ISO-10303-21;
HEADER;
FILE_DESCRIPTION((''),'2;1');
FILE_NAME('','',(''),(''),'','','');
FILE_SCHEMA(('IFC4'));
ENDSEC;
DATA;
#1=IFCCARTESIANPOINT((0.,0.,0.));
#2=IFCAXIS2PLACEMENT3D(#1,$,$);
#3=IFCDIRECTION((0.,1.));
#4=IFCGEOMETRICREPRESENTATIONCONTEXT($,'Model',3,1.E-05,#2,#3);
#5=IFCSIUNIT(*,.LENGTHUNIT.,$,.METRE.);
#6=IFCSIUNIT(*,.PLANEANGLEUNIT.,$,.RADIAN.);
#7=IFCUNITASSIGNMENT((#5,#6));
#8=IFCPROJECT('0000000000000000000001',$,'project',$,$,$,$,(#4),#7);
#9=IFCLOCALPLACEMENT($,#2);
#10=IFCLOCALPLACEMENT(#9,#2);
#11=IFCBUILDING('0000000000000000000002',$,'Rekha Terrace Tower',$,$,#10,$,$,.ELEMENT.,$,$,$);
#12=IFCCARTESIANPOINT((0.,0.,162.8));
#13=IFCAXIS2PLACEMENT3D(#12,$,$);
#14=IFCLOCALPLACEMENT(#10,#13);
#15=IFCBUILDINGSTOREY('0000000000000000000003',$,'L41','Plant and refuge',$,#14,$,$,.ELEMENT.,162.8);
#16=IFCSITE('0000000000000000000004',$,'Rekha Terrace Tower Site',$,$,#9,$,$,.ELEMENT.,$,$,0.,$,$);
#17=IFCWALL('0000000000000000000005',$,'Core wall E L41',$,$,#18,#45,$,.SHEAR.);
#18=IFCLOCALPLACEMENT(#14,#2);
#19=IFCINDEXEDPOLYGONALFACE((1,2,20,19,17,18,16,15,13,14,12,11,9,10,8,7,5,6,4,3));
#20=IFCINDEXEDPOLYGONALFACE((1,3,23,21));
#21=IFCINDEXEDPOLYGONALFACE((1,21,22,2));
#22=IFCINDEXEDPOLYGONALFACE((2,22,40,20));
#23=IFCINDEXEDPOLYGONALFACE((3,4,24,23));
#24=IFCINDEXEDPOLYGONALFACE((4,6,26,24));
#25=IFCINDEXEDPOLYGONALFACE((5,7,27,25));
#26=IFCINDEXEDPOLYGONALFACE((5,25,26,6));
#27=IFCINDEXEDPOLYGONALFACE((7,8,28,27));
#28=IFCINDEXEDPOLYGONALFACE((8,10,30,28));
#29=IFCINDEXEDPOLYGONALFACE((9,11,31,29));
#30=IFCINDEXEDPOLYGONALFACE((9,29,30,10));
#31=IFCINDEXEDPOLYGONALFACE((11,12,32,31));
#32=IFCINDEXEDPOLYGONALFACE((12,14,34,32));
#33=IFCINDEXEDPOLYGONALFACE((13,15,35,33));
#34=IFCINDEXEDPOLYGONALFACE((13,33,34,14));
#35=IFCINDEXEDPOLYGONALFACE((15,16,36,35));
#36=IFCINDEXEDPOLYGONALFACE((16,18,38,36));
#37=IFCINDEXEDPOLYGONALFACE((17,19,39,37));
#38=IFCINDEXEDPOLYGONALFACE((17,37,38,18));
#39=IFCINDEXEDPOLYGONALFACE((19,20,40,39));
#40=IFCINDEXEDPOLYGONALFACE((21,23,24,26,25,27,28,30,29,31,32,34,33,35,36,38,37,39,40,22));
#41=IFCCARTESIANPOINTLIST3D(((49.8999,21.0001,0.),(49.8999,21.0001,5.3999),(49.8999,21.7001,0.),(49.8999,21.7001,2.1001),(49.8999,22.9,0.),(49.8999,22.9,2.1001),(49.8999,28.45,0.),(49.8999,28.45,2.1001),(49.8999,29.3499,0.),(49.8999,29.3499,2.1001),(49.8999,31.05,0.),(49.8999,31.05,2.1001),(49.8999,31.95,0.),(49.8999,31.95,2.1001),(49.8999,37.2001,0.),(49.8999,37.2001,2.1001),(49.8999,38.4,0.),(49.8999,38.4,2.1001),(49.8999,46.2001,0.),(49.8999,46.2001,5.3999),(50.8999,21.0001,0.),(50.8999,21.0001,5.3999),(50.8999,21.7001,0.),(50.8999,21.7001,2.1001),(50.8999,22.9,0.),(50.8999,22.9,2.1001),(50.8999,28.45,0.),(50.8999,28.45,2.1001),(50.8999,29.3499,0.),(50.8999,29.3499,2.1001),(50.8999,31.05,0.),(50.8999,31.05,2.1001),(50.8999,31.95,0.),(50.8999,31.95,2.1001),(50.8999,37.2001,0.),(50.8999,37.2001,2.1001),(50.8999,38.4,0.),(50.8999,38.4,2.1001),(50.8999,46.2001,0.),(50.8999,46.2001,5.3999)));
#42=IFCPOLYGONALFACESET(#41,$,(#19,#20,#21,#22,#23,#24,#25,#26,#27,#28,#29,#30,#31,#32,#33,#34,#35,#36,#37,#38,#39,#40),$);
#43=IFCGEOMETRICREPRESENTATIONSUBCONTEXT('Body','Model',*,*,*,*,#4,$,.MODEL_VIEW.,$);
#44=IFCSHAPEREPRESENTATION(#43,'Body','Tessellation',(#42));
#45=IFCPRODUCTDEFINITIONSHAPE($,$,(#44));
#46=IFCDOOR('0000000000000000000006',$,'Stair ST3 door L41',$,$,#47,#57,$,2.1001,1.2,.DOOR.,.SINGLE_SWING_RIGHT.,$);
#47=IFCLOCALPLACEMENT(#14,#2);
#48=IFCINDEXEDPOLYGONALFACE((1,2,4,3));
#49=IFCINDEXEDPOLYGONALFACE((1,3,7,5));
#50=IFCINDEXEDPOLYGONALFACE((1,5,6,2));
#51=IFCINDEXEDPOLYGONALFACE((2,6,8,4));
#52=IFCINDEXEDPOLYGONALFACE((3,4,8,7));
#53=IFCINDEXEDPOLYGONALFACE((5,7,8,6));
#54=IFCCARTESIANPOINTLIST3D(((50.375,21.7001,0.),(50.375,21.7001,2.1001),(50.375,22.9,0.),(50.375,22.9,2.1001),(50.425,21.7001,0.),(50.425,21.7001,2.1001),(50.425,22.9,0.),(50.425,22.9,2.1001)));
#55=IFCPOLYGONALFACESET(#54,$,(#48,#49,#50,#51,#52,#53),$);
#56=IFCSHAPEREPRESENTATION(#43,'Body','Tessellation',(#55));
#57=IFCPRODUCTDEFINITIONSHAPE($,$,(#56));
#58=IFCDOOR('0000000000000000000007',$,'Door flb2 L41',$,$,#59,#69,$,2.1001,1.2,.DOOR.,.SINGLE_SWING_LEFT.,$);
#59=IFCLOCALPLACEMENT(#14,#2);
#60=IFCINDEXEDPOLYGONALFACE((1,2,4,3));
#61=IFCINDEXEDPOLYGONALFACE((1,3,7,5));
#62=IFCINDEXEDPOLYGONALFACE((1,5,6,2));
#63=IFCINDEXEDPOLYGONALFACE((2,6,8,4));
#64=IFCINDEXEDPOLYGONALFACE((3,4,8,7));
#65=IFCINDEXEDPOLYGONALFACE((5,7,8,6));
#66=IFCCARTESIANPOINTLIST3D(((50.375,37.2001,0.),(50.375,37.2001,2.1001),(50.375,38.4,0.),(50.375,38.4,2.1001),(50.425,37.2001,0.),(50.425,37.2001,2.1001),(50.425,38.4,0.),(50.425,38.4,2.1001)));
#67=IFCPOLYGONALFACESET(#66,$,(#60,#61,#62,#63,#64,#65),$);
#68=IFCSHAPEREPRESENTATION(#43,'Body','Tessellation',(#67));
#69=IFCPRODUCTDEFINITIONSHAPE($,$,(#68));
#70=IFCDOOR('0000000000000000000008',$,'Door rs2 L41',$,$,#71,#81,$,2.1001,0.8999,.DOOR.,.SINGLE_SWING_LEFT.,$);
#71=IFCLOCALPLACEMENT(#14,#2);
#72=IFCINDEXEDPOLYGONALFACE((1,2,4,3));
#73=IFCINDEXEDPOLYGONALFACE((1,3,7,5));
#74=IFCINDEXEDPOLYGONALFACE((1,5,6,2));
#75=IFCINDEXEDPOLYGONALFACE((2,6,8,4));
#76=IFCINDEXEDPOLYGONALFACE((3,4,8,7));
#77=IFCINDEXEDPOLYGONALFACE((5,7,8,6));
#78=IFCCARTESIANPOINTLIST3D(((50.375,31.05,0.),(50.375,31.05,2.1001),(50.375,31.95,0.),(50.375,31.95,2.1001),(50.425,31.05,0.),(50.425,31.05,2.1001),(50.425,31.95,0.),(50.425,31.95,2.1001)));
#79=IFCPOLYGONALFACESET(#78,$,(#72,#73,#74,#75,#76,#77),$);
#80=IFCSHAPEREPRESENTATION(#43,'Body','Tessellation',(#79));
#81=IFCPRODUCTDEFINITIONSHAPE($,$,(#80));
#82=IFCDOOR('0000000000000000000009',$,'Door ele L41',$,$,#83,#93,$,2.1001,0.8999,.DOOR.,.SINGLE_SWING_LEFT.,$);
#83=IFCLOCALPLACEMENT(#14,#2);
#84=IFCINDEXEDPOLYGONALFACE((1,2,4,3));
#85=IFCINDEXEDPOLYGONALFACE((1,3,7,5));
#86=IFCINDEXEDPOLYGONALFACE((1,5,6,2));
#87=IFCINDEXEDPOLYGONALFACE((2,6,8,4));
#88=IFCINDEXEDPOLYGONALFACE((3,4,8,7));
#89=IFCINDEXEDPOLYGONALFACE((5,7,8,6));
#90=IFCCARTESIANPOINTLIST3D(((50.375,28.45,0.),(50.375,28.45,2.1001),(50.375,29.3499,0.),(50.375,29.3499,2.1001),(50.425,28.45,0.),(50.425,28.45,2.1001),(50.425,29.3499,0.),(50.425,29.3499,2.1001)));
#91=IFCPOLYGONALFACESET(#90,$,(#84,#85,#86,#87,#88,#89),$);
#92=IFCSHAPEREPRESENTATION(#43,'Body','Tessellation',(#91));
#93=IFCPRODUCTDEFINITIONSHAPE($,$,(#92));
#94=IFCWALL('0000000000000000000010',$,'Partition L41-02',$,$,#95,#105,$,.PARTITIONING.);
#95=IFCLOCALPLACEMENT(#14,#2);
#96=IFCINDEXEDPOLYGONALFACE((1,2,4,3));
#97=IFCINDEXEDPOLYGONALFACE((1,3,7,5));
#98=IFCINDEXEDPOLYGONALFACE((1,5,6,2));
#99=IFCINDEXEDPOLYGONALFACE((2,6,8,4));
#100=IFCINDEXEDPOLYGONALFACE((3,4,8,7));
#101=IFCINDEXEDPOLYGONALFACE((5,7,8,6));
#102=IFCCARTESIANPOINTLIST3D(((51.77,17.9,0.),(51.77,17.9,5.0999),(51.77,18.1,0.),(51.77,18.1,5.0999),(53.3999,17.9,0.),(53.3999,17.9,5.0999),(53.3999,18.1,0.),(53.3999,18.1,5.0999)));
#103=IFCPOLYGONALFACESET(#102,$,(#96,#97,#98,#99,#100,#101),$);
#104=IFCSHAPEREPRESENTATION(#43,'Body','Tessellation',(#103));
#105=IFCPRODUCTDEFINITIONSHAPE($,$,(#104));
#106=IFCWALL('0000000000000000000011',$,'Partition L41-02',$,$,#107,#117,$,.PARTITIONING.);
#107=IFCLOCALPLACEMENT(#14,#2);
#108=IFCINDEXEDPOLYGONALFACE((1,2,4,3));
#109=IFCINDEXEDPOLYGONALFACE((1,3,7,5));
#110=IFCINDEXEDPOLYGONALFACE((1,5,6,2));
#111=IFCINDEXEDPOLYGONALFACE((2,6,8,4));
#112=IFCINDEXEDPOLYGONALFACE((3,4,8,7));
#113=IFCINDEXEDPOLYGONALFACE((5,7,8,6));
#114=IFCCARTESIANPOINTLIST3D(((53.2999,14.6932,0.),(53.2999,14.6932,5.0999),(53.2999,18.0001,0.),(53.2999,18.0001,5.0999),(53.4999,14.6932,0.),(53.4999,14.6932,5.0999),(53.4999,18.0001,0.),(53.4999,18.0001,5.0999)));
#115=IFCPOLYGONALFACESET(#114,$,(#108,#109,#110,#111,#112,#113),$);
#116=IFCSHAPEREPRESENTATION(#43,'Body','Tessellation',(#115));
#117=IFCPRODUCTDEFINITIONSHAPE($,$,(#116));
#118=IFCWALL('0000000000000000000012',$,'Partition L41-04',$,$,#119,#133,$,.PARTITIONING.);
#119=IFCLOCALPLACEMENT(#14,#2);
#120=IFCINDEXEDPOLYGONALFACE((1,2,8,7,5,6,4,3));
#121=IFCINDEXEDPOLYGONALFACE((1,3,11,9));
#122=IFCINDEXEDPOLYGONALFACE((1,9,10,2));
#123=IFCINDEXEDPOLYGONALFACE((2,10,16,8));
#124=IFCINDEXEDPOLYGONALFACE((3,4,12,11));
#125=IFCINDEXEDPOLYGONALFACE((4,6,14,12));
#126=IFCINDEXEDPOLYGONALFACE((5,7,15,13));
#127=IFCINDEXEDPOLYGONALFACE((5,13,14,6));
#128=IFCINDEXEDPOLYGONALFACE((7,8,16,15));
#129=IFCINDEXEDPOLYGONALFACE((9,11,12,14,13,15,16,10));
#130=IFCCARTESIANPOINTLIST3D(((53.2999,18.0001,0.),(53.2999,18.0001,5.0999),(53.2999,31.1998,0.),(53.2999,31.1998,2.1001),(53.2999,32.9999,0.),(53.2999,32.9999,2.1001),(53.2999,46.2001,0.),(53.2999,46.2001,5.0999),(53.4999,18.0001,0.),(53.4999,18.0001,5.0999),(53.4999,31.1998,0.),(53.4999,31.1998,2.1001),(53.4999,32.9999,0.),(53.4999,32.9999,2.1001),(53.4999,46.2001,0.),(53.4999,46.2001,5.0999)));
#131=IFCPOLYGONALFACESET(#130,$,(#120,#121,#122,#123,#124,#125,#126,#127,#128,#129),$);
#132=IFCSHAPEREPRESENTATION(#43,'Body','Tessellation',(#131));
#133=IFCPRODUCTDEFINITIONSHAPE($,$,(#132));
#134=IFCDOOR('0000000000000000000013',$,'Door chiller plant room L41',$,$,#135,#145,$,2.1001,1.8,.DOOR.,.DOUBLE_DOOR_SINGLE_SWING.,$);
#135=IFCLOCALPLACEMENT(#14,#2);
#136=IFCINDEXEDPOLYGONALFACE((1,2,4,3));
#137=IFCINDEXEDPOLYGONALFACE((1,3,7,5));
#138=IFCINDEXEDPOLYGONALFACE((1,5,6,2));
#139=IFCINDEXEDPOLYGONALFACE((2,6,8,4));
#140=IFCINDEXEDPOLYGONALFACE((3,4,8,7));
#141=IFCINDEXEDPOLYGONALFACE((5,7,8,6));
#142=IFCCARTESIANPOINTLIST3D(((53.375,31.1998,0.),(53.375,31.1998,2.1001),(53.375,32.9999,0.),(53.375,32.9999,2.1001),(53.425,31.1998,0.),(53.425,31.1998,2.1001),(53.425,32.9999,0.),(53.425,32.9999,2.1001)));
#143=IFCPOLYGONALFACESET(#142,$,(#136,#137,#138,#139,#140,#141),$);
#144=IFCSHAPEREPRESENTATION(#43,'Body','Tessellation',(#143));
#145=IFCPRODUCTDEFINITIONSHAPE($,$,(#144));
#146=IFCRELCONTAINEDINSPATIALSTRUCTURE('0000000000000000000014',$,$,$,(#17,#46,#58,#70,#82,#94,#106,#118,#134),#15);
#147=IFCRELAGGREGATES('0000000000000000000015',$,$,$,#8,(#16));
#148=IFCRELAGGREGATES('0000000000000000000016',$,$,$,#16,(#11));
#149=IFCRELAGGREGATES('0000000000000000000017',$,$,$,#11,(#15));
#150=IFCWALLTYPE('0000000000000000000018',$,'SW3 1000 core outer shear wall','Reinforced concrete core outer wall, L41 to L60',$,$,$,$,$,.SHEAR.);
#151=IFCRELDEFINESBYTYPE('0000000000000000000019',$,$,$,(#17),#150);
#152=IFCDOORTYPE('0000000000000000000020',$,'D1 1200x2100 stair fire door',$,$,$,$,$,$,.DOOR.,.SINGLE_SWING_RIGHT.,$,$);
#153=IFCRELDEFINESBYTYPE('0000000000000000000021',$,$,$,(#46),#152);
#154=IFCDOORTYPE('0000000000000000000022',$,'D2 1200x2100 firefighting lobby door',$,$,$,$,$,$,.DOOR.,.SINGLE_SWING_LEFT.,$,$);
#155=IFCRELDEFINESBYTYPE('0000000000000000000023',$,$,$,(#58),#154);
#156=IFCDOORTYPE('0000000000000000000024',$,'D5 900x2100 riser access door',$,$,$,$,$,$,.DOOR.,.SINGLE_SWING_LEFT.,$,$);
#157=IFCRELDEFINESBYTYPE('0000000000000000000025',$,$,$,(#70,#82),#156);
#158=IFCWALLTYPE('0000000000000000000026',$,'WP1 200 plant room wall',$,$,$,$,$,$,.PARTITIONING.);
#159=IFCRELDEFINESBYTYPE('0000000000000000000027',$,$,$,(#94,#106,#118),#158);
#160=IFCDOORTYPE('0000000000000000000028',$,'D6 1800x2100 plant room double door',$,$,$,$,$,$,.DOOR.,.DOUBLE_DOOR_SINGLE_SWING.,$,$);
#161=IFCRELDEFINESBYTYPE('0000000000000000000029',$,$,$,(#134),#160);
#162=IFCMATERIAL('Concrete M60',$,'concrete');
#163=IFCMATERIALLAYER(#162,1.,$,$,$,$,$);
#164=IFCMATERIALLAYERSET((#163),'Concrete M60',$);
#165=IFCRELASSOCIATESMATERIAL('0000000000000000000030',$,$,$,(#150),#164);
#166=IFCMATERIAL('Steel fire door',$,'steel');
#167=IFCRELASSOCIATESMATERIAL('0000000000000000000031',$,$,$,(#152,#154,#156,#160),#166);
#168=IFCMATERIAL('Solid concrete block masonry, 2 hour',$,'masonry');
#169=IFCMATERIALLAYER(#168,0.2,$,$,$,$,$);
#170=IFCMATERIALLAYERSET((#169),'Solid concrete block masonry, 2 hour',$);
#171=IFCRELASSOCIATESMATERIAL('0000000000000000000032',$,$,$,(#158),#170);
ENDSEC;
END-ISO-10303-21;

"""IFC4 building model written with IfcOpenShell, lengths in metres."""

from ifc_helpers import new_model, si_unit, direction, frame, frame_2d, origin, place, context, subcontext, project, spatial, rectangle, extrude, material, layer, layer_set, type_object, element, fill, save


model = new_model("IFC4")

# Units and contexts
model_context = context("Model", 3, precision=1e-05, world=origin(), true_north=direction((0.0, 1.0)))
body_context = subcontext(model_context, "Body", "Model", "MODEL_VIEW")
ifc_project = project(units=[si_unit("LENGTHUNIT", "METRE"), si_unit("PLANEANGLEUNIT", "RADIAN")], contexts=[model_context])

# Site, building, storey
site_placement = place(None, origin())
site = spatial("IfcSite", under=ifc_project, at=site_placement, Name="Rekha Terrace Tower Site", CompositionType="ELEMENT", RefElevation=0.0)
building_placement = place(site_placement, origin())
building = spatial("IfcBuilding", under=site, at=building_placement, Name="Rekha Terrace Tower", CompositionType="ELEMENT")
storey_placement = place(building_placement, frame((0.0, 0.0, 162.8)))
storey = spatial("IfcBuildingStorey", under=building, at=storey_placement, Name="L41", Description="Plant and refuge", CompositionType="ELEMENT", Elevation=162.8)

# Wall, openings, doors
ifc_material_1 = material(Name="Concrete M60", Category="concrete")
ifc_layer_1 = layer(ifc_material_1, 1.0)
ifc_layer_set_1 = layer_set([ifc_layer_1], Name="Concrete M60")
wall_type_1 = type_object("IfcWallType", Name="SW3 1000 core outer shear wall", Description="Reinforced concrete core outer wall, L41 to L60", PredefinedType="SHEAR", material=ifc_layer_set_1)
wall_1_placement = place(storey_placement, frame((50.3999, 21.0, 0.0), z_axis=(0.0, 0.0, 1.0), x_axis=(0.0, 1.0, 0.0)))
wall_1 = element("IfcWall", 1, at=wall_1_placement, inside=storey, type_object=wall_type_1, Name="Core wall E L41", PredefinedType="SHEAR", context=body_context, shape_type="SweptSolid", body=[
    extrude(rectangle(XDim=25.2, YDim=1.0, at=frame_2d((12.6001, 0.0))), origin(), (0.0, 0.0, 1.0), 5.3999),
])
opening_1_placement = place(wall_1_placement, frame((16.2, 0.0, 0.0)))
opening_1 = element("IfcOpeningElement", 2, at=opening_1_placement, cuts=wall_1, PredefinedType="OPENING", context=body_context, shape_type="SweptSolid", body=[
    extrude(rectangle(XDim=1.2, YDim=2.1001, at=frame_2d((0.6001, 1.05))), frame((0.0, 0.51, 0.0), z_axis=(0.0, -1.0, 0.0), x_axis=(1.0, 0.0, 0.0)), (0.0, 0.0, 1.0), 1.02),
])
opening_2_placement = place(wall_1_placement, frame((10.05, 0.0, 0.0)))
opening_2 = element("IfcOpeningElement", 3, at=opening_2_placement, cuts=wall_1, PredefinedType="OPENING", context=body_context, shape_type="SweptSolid", body=[
    extrude(rectangle(XDim=0.8999, YDim=2.1001, at=frame_2d((0.45, 1.05))), frame((0.0, 0.51, 0.0), z_axis=(0.0, -1.0, 0.0), x_axis=(1.0, 0.0, 0.0)), (0.0, 0.0, 1.0), 1.02),
])
opening_3_placement = place(wall_1_placement, frame((7.45, 0.0, 0.0)))
opening_3 = element("IfcOpeningElement", 4, at=opening_3_placement, cuts=wall_1, PredefinedType="OPENING", context=body_context, shape_type="SweptSolid", body=[
    extrude(rectangle(XDim=0.8999, YDim=2.1001, at=frame_2d((0.45, 1.05))), frame((0.0, 0.51, 0.0), z_axis=(0.0, -1.0, 0.0), x_axis=(1.0, 0.0, 0.0)), (0.0, 0.0, 1.0), 1.02),
])
opening_4_placement = place(wall_1_placement, frame((0.7, 0.0, 0.0)))
opening_4 = element("IfcOpeningElement", 5, at=opening_4_placement, cuts=wall_1, PredefinedType="OPENING", context=body_context, shape_type="SweptSolid", body=[
    extrude(rectangle(XDim=1.2, YDim=2.1001, at=frame_2d((0.6001, 1.05))), frame((0.0, 0.51, 0.0), z_axis=(0.0, -1.0, 0.0), x_axis=(1.0, 0.0, 0.0)), (0.0, 0.0, 1.0), 1.02),
])
ifc_material_2 = material(Name="Steel fire door", Category="steel")
door_type_1 = type_object("IfcDoorType", Name="D1 1200x2100 stair fire door", OperationType="SINGLE_SWING_RIGHT", PredefinedType="DOOR", material=ifc_material_2)
door_1_placement = place(opening_4_placement, origin())
door_1 = element("IfcDoor", 6, at=door_1_placement, inside=storey, type_object=door_type_1, Name="Stair ST3 door L41", OperationType="SINGLE_SWING_RIGHT", OverallHeight=2.1001, OverallWidth=1.2, PredefinedType="DOOR", context=body_context, shape_type="SweptSolid", body=[
    extrude(rectangle(XDim=1.2, YDim=2.1001, at=frame_2d((0.6001, 1.05))), frame((0.0, 0.0249, 0.0), z_axis=(0.0, -1.0, 0.0), x_axis=(1.0, 0.0, 0.0)), (0.0, 0.0, 1.0), 0.05),
])
fill(opening_4, door_1)
door_type_2 = type_object("IfcDoorType", Name="D2 1200x2100 firefighting lobby door", OperationType="SINGLE_SWING_LEFT", PredefinedType="DOOR", material=ifc_material_2)
door_2_placement = place(opening_1_placement, origin())
door_2 = element("IfcDoor", 7, at=door_2_placement, inside=storey, type_object=door_type_2, Name="Door flb2 L41", OperationType="SINGLE_SWING_LEFT", OverallHeight=2.1001, OverallWidth=1.2, PredefinedType="DOOR", context=body_context, shape_type="SweptSolid", body=[
    extrude(rectangle(XDim=1.2, YDim=2.1001, at=frame_2d((0.6001, 1.05))), frame((0.0, 0.0249, 0.0), z_axis=(0.0, -1.0, 0.0), x_axis=(1.0, 0.0, 0.0)), (0.0, 0.0, 1.0), 0.05),
])
fill(opening_1, door_2)
door_type_3 = type_object("IfcDoorType", Name="D5 900x2100 riser access door", OperationType="SINGLE_SWING_LEFT", PredefinedType="DOOR", material=ifc_material_2)
door_3_placement = place(opening_2_placement, origin())
door_3 = element("IfcDoor", 8, at=door_3_placement, inside=storey, type_object=door_type_3, Name="Door rs2 L41", OperationType="SINGLE_SWING_LEFT", OverallHeight=2.1001, OverallWidth=0.8999, PredefinedType="DOOR", context=body_context, shape_type="SweptSolid", body=[
    extrude(rectangle(XDim=0.8999, YDim=2.1001, at=frame_2d((0.45, 1.05))), frame((0.0, 0.0249, 0.0), z_axis=(0.0, -1.0, 0.0), x_axis=(1.0, 0.0, 0.0)), (0.0, 0.0, 1.0), 0.05),
])
fill(opening_2, door_3)
door_4_placement = place(opening_3_placement, origin())
door_4 = element("IfcDoor", 9, at=door_4_placement, inside=storey, type_object=door_type_3, Name="Door ele L41", OperationType="SINGLE_SWING_LEFT", OverallHeight=2.1001, OverallWidth=0.8999, PredefinedType="DOOR", context=body_context, shape_type="SweptSolid", body=[
    extrude(rectangle(XDim=0.8999, YDim=2.1001, at=frame_2d((0.45, 1.05))), frame((0.0, 0.0249, 0.0), z_axis=(0.0, -1.0, 0.0), x_axis=(1.0, 0.0, 0.0)), (0.0, 0.0, 1.0), 0.05),
])
fill(opening_3, door_4)

# Walls
ifc_material_3 = material(Name="Solid concrete block masonry, 2 hour", Category="masonry")
ifc_layer_2 = layer(ifc_material_3, 0.2)
ifc_layer_set_2 = layer_set([ifc_layer_2], Name="Solid concrete block masonry, 2 hour")
wall_type_2 = type_object("IfcWallType", Name="WP1 200 plant room wall", PredefinedType="PARTITIONING", material=ifc_layer_set_2)
wall_2_placement = place(storey_placement, frame((51.77, 18.0, 0.0), z_axis=(0.0, 0.0, 1.0), x_axis=(1.0, 0.0, 0.0)))
element("IfcWall", 10, at=wall_2_placement, inside=storey, type_object=wall_type_2, Name="Partition L41-02", PredefinedType="PARTITIONING", context=body_context, shape_type="SweptSolid", body=[
    extrude(rectangle(XDim=1.6299, YDim=0.2, at=frame_2d((0.8149, 0.0))), origin(), (0.0, 0.0, 1.0), 5.0999),
])
wall_3_placement = place(storey_placement, frame((53.3999, 18.0, 0.0), z_axis=(0.0, 0.0, 1.0), x_axis=(0.0, -1.0, 0.0)))
element("IfcWall", 11, at=wall_3_placement, inside=storey, type_object=wall_type_2, Name="Partition L41-02", PredefinedType="PARTITIONING", context=body_context, shape_type="SweptSolid", body=[
    extrude(rectangle(XDim=3.3069, YDim=0.2, at=frame_2d((1.6533, 0.0))), origin(), (0.0, 0.0, 1.0), 5.0999),
])

# Wall, opening, door
wall_4_placement = place(storey_placement, frame((53.3999, 18.0, 0.0), z_axis=(0.0, 0.0, 1.0), x_axis=(0.0, 1.0, 0.0)))
wall_4 = element("IfcWall", 12, at=wall_4_placement, inside=storey, type_object=wall_type_2, Name="Partition L41-04", PredefinedType="PARTITIONING", context=body_context, shape_type="SweptSolid", body=[
    extrude(rectangle(XDim=28.2, YDim=0.2, at=frame_2d((14.1001, 0.0))), origin(), (0.0, 0.0, 1.0), 5.0999),
])
opening_5_placement = place(wall_4_placement, frame((13.2, 0.0, 0.0)))
opening_5 = element("IfcOpeningElement", 13, at=opening_5_placement, cuts=wall_4, PredefinedType="OPENING", context=body_context, shape_type="SweptSolid", body=[
    extrude(rectangle(XDim=1.8, YDim=2.1001, at=frame_2d((0.8999, 1.05))), frame((0.0, 0.1099, 0.0), z_axis=(0.0, -1.0, 0.0), x_axis=(1.0, 0.0, 0.0)), (0.0, 0.0, 1.0), 0.22),
])
door_type_4 = type_object("IfcDoorType", Name="D6 1800x2100 plant room double door", OperationType="DOUBLE_DOOR_SINGLE_SWING", PredefinedType="DOOR", material=ifc_material_2)
door_5_placement = place(opening_5_placement, origin())
door_5 = element("IfcDoor", 14, at=door_5_placement, inside=storey, type_object=door_type_4, Name="Door chiller plant room L41", OperationType="DOUBLE_DOOR_SINGLE_SWING", OverallHeight=2.1001, OverallWidth=1.8, PredefinedType="DOOR", context=body_context, shape_type="SweptSolid", body=[
    extrude(rectangle(XDim=1.8, YDim=2.1001, at=frame_2d((0.8999, 1.05))), frame((0.0, 0.0249, 0.0), z_axis=(0.0, -1.0, 0.0), x_axis=(1.0, 0.0, 0.0)), (0.0, 0.0, 1.0), 0.05),
])
fill(opening_5, door_5)

save(model, "model.ifc")
